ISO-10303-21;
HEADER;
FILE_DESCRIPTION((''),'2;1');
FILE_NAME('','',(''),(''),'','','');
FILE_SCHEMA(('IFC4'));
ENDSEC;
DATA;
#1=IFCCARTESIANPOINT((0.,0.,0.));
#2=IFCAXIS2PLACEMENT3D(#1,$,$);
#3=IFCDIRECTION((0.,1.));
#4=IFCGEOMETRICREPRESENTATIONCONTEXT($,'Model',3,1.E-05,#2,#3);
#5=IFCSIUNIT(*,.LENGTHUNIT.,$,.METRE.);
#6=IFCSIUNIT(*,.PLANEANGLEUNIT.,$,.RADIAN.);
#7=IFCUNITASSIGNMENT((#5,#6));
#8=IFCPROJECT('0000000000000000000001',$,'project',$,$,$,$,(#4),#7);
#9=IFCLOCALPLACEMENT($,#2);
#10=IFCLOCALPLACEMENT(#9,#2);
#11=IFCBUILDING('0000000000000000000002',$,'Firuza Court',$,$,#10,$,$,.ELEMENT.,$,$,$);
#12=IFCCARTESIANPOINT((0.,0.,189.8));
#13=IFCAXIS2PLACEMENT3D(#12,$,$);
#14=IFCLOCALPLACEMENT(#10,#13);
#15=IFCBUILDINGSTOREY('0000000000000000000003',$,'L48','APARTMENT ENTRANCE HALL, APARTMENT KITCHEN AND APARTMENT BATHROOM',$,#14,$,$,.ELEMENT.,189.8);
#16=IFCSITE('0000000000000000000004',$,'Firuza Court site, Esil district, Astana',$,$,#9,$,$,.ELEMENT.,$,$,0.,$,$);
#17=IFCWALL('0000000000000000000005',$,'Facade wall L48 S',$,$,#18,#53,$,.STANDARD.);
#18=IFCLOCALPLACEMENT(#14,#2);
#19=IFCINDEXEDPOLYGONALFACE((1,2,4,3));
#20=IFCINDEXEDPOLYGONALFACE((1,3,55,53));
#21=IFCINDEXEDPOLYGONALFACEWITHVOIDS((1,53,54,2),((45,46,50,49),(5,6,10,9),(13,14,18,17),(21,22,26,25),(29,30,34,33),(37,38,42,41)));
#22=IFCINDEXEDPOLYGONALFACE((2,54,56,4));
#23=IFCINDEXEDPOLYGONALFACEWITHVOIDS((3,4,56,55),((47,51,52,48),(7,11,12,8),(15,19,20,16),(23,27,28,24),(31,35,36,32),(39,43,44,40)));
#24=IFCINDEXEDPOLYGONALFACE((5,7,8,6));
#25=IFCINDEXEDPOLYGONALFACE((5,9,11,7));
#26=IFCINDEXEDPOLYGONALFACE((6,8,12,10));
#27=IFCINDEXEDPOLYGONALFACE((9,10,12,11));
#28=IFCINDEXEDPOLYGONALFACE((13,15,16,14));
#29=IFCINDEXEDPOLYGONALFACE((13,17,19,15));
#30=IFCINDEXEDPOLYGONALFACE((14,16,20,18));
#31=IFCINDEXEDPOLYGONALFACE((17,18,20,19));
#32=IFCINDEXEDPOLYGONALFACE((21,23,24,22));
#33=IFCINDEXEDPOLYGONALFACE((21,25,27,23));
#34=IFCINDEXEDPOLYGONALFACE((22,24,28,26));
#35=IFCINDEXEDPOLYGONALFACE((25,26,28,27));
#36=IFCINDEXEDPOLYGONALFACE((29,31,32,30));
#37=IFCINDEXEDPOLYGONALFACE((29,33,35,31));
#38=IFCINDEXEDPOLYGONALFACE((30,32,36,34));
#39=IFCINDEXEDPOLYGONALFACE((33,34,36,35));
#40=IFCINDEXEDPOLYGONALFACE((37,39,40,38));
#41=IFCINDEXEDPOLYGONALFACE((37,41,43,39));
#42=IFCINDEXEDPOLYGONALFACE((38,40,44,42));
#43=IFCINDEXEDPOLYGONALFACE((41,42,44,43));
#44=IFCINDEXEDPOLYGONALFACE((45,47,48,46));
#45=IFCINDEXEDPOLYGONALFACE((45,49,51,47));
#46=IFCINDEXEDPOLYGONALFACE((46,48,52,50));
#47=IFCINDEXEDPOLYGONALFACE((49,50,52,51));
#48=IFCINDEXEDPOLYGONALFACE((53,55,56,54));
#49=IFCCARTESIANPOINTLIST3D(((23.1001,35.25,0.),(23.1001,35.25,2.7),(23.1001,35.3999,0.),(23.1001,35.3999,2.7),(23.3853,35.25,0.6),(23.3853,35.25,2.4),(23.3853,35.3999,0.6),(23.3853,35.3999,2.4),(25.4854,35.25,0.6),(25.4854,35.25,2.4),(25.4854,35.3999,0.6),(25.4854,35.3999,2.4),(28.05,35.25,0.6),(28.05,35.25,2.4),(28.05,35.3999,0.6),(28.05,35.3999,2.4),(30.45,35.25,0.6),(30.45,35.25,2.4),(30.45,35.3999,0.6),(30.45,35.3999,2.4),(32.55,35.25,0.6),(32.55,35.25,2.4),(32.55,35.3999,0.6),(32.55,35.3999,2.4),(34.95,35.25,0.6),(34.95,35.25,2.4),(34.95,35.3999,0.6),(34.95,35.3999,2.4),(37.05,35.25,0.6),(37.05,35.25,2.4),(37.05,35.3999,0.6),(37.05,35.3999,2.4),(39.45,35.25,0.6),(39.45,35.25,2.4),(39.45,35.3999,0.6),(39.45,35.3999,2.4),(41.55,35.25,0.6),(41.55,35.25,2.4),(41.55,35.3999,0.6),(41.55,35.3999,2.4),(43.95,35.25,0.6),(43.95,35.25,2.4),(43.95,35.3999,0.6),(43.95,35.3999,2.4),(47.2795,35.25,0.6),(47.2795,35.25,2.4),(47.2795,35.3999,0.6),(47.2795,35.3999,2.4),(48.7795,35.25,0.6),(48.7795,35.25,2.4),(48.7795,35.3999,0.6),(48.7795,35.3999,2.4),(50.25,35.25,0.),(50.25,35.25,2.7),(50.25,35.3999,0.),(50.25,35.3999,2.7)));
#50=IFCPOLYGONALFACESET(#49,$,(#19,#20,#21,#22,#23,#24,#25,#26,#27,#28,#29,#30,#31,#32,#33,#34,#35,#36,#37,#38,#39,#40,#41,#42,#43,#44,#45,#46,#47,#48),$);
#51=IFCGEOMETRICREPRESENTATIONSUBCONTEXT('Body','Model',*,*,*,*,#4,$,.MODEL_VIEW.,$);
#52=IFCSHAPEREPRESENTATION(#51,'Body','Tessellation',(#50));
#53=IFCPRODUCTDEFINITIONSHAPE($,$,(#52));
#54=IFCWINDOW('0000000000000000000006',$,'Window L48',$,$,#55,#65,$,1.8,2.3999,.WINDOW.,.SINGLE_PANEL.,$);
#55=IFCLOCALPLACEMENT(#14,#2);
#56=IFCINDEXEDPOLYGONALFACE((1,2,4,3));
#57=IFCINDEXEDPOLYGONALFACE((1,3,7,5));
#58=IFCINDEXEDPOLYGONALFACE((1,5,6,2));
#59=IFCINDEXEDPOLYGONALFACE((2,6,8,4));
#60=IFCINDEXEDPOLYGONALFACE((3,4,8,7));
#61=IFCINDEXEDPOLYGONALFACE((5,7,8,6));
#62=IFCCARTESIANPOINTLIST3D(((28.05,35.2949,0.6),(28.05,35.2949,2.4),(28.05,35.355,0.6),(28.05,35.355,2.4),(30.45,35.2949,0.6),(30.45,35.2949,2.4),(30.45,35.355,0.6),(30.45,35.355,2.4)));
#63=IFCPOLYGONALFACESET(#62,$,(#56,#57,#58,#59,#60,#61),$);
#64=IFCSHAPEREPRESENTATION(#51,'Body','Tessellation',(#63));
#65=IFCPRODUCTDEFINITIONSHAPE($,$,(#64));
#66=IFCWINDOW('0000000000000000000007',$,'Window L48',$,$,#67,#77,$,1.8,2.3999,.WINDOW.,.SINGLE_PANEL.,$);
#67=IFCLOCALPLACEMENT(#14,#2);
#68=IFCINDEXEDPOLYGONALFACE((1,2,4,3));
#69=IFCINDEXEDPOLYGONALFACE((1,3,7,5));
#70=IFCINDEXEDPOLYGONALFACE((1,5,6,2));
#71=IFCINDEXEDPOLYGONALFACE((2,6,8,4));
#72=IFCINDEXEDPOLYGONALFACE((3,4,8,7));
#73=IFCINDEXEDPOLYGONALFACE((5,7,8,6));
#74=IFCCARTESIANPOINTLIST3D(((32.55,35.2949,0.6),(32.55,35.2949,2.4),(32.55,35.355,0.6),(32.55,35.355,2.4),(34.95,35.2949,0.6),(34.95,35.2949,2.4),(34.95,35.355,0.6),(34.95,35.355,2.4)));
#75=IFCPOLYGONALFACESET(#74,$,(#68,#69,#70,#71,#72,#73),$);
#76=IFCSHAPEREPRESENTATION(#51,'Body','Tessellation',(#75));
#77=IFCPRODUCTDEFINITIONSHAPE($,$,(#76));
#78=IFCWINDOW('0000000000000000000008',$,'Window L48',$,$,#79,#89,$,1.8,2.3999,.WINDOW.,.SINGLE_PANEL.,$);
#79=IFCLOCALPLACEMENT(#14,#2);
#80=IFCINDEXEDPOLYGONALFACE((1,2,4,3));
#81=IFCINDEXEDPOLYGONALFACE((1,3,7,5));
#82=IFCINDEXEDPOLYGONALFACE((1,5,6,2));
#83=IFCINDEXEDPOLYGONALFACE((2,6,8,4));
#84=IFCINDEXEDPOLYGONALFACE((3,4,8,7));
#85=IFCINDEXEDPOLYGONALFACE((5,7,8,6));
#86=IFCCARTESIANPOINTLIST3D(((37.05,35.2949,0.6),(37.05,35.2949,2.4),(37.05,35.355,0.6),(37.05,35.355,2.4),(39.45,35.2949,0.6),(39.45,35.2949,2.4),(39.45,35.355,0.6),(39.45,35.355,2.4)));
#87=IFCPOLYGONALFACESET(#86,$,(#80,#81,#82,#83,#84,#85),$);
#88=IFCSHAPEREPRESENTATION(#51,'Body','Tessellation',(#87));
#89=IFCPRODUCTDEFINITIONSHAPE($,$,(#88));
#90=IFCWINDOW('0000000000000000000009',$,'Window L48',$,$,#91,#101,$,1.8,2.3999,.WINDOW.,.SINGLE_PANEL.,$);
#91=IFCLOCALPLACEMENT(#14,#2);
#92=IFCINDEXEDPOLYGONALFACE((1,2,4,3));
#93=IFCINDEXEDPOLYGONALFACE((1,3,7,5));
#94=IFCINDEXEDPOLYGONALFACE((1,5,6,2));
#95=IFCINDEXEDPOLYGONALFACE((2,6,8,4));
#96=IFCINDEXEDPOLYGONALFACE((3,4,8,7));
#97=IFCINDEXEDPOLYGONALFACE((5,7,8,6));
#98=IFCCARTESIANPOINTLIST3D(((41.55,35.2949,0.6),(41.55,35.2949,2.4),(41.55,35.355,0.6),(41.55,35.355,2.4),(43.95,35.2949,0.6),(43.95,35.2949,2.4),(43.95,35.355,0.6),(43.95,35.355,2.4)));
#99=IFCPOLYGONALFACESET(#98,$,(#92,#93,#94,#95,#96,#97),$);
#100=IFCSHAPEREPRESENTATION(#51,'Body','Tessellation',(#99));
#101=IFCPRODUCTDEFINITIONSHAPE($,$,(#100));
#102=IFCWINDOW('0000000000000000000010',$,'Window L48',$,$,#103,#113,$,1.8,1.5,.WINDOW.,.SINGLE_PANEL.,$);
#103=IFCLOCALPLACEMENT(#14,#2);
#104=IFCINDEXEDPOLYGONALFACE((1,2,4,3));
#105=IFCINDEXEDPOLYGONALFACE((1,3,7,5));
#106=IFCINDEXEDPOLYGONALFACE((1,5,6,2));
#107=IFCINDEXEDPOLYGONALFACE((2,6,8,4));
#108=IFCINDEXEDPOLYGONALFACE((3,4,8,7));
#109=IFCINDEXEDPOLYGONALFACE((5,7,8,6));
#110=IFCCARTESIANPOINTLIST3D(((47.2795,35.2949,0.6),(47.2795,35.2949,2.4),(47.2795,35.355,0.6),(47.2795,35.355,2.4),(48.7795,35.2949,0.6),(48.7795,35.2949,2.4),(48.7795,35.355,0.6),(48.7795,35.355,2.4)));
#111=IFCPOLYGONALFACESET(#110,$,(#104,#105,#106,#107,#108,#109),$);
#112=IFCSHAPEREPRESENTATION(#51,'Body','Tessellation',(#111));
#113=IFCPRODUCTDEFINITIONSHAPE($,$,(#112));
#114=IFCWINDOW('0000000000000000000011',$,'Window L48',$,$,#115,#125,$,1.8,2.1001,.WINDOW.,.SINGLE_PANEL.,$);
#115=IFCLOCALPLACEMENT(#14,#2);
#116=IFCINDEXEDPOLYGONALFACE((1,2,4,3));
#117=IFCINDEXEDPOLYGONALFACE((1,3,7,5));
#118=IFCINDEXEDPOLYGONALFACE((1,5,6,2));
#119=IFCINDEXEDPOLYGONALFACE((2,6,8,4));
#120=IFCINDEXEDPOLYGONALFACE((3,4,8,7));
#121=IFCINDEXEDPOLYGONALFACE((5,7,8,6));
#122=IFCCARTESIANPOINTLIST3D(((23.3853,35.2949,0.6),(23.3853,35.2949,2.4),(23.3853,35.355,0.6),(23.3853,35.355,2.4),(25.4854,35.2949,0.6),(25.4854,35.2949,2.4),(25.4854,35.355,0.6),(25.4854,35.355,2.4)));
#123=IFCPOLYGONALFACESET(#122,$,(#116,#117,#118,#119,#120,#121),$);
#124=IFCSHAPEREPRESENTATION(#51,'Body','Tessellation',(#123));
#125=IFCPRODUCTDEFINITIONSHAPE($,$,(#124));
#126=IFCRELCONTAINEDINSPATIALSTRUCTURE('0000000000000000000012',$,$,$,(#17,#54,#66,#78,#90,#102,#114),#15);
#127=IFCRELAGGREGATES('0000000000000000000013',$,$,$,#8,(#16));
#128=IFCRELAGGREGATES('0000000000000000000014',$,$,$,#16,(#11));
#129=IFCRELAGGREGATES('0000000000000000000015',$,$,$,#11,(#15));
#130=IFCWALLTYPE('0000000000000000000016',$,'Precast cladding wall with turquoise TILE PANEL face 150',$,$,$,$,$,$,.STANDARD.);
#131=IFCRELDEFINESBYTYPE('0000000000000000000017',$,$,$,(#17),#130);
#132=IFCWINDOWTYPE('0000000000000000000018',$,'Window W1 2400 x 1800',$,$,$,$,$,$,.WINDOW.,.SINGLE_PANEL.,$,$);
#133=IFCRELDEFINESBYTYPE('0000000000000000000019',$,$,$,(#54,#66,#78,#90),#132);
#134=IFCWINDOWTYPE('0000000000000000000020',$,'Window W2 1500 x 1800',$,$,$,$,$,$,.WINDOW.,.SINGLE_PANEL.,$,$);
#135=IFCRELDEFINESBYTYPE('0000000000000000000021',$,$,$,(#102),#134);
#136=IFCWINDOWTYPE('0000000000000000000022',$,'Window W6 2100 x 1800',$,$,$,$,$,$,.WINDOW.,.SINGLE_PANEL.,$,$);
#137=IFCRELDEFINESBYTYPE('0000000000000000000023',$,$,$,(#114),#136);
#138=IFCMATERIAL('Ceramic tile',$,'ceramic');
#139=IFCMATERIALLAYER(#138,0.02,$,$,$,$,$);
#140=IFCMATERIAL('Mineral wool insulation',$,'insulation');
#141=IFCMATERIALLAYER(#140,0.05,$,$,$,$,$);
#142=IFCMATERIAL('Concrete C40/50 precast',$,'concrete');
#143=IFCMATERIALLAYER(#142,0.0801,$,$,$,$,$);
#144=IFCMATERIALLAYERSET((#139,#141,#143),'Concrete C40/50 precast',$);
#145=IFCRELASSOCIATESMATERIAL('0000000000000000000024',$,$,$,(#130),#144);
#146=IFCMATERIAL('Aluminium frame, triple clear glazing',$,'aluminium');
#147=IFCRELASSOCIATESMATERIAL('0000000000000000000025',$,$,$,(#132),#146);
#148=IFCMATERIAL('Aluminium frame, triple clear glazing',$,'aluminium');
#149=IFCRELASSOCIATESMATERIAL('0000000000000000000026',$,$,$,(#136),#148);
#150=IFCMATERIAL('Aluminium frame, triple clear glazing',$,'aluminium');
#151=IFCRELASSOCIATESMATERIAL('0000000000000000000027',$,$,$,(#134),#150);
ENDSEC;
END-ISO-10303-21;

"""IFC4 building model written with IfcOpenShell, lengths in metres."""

from ifc_helpers import new_model, si_unit, direction, frame, frame_2d, origin, place, context, subcontext, project, spatial, rectangle, extrude, material, layer, layer_set, type_object, element, fill, save


model = new_model("IFC4")

# Units and contexts
model_context = context("Model", 3, precision=1e-05, world=origin(), true_north=direction((0.0, 1.0)))
body_context = subcontext(model_context, "Body", "Model", "MODEL_VIEW")
ifc_project = project(units=[si_unit("LENGTHUNIT", "METRE"), si_unit("PLANEANGLEUNIT", "RADIAN")], contexts=[model_context])

# Site, building, storey
site_placement = place(None, origin())
site = spatial("IfcSite", under=ifc_project, at=site_placement, Name="Firuza Court site, Esil district, Astana", CompositionType="ELEMENT", RefElevation=0.0)
building_placement = place(site_placement, origin())
building = spatial("IfcBuilding", under=site, at=building_placement, Name="Firuza Court", CompositionType="ELEMENT")
storey_placement = place(building_placement, frame((0.0, 0.0, 189.8)))
storey = spatial("IfcBuildingStorey", under=building, at=storey_placement, Name="L48", Description="APARTMENT ENTRANCE HALL, APARTMENT KITCHEN AND APARTMENT BATHROOM", CompositionType="ELEMENT", Elevation=189.8)

# Wall, openings, windows
ifc_material_1 = material(Name="Ceramic tile", Category="ceramic")
ifc_layer_1 = layer(ifc_material_1, 0.02)
ifc_material_2 = material(Name="Mineral wool insulation", Category="insulation")
ifc_layer_2 = layer(ifc_material_2, 0.05)
ifc_material_3 = material(Name="Concrete C40/50 precast", Category="concrete")
ifc_layer_3 = layer(ifc_material_3, 0.0801)
ifc_layer_set_1 = layer_set([ifc_layer_1, ifc_layer_2, ifc_layer_3], Name="Concrete C40/50 precast")
wall_type_1 = type_object("IfcWallType", Name="Precast cladding wall with turquoise TILE PANEL face 150", PredefinedType="STANDARD", material=ifc_layer_set_1)
ifc_material_4 = material(Name="Aluminium frame, triple clear glazing", Category="aluminium")
window_type_1 = type_object("IfcWindowType", Name="Window W1 2400 x 1800", PartitioningType="SINGLE_PANEL", PredefinedType="WINDOW", material=ifc_material_4)
ifc_material_5 = material(Name="Aluminium frame, triple clear glazing", Category="aluminium")
window_type_2 = type_object("IfcWindowType", Name="Window W6 2100 x 1800", PartitioningType="SINGLE_PANEL", PredefinedType="WINDOW", material=ifc_material_5)
wall_1_placement = place(storey_placement, frame((23.1001, 35.325, 0.0), z_axis=(0.0, 0.0, 1.0), x_axis=(1.0, 0.0, 0.0)))
wall_1 = element("IfcWall", 1, at=wall_1_placement, inside=storey, type_object=wall_type_1, Name="Facade wall L48 S", PredefinedType="STANDARD", context=body_context, shape_type="SweptSolid", body=[
    extrude(rectangle(XDim=27.1499, YDim=0.1499, at=frame_2d((13.575, 0.0))), origin(), (0.0, 0.0, 1.0), 2.7),
])
opening_1_placement = place(wall_1_placement, frame((0.2852, 0.0, 0.6001)))
opening_1 = element("IfcOpeningElement", 2, at=opening_1_placement, cuts=wall_1, PredefinedType="OPENING", context=body_context, shape_type="SweptSolid", body=[
    extrude(rectangle(XDim=2.1001, YDim=1.8, at=frame_2d((1.05, 0.8999))), frame((0.0, 0.0869, 0.0), z_axis=(0.0, -1.0, 0.0), x_axis=(1.0, 0.0, 0.0)), (0.0, 0.0, 1.0), 0.1738),
])
opening_2_placement = place(wall_1_placement, frame((4.95, 0.0, 0.6001)))
opening_2 = element("IfcOpeningElement", 3, at=opening_2_placement, cuts=wall_1, PredefinedType="OPENING", context=body_context, shape_type="SweptSolid", body=[
    extrude(rectangle(XDim=2.3999, YDim=1.8, at=frame_2d((1.2, 0.8999))), frame((0.0, 0.0869, 0.0), z_axis=(0.0, -1.0, 0.0), x_axis=(1.0, 0.0, 0.0)), (0.0, 0.0, 1.0), 0.1738),
])
opening_3_placement = place(wall_1_placement, frame((9.45, 0.0, 0.6001)))
opening_3 = element("IfcOpeningElement", 4, at=opening_3_placement, cuts=wall_1, PredefinedType="OPENING", context=body_context, shape_type="SweptSolid", body=[
    extrude(rectangle(XDim=2.3999, YDim=1.8, at=frame_2d((1.2, 0.8999))), frame((0.0, 0.0869, 0.0), z_axis=(0.0, -1.0, 0.0), x_axis=(1.0, 0.0, 0.0)), (0.0, 0.0, 1.0), 0.1738),
])
opening_4_placement = place(wall_1_placement, frame((13.95, 0.0, 0.6001)))
opening_4 = element("IfcOpeningElement", 5, at=opening_4_placement, cuts=wall_1, PredefinedType="OPENING", context=body_context, shape_type="SweptSolid", body=[
    extrude(rectangle(XDim=2.3999, YDim=1.8, at=frame_2d((1.2, 0.8999))), frame((0.0, 0.0869, 0.0), z_axis=(0.0, -1.0, 0.0), x_axis=(1.0, 0.0, 0.0)), (0.0, 0.0, 1.0), 0.1738),
])
opening_5_placement = place(wall_1_placement, frame((18.45, 0.0, 0.6001)))
opening_5 = element("IfcOpeningElement", 6, at=opening_5_placement, cuts=wall_1, PredefinedType="OPENING", context=body_context, shape_type="SweptSolid", body=[
    extrude(rectangle(XDim=2.3999, YDim=1.8, at=frame_2d((1.2, 0.8999))), frame((0.0, 0.0869, 0.0), z_axis=(0.0, -1.0, 0.0), x_axis=(1.0, 0.0, 0.0)), (0.0, 0.0, 1.0), 0.1738),
])
opening_6_placement = place(wall_1_placement, frame((24.1794, 0.0, 0.6001)))
opening_6 = element("IfcOpeningElement", 7, at=opening_6_placement, cuts=wall_1, PredefinedType="OPENING", context=body_context, shape_type="SweptSolid", body=[
    extrude(rectangle(XDim=1.5, YDim=1.8, at=frame_2d((0.75, 0.8999))), frame((0.0, 0.0869, 0.0), z_axis=(0.0, -1.0, 0.0), x_axis=(1.0, 0.0, 0.0)), (0.0, 0.0, 1.0), 0.1738),
])
window_1_placement = place(opening_2_placement, origin())
window_1 = element("IfcWindow", 8, at=window_1_placement, inside=storey, type_object=window_type_1, Name="Window L48", OverallHeight=1.8, OverallWidth=2.3999, PartitioningType="SINGLE_PANEL", PredefinedType="WINDOW", context=body_context, shape_type="SweptSolid", body=[
    extrude(rectangle(XDim=2.3999, YDim=1.8, at=frame_2d((1.2, 0.8999))), frame((0.0, 0.03, 0.0), z_axis=(0.0, -1.0, 0.0), x_axis=(1.0, 0.0, 0.0)), (0.0, 0.0, 1.0), 0.0601),
])
fill(opening_2, window_1)
window_2_placement = place(opening_3_placement, origin())
window_2 = element("IfcWindow", 9, at=window_2_placement, inside=storey, type_object=window_type_1, Name="Window L48", OverallHeight=1.8, OverallWidth=2.3999, PartitioningType="SINGLE_PANEL", PredefinedType="WINDOW", context=body_context, shape_type="SweptSolid", body=[
    extrude(rectangle(XDim=2.3999, YDim=1.8, at=frame_2d((1.2, 0.8999))), frame((0.0, 0.03, 0.0), z_axis=(0.0, -1.0, 0.0), x_axis=(1.0, 0.0, 0.0)), (0.0, 0.0, 1.0), 0.0601),
])
fill(opening_3, window_2)
window_3_placement = place(opening_4_placement, origin())
window_3 = element("IfcWindow", 10, at=window_3_placement, inside=storey, type_object=window_type_1, Name="Window L48", OverallHeight=1.8, OverallWidth=2.3999, PartitioningType="SINGLE_PANEL", PredefinedType="WINDOW", context=body_context, shape_type="SweptSolid", body=[
    extrude(rectangle(XDim=2.3999, YDim=1.8, at=frame_2d((1.2, 0.8999))), frame((0.0, 0.03, 0.0), z_axis=(0.0, -1.0, 0.0), x_axis=(1.0, 0.0, 0.0)), (0.0, 0.0, 1.0), 0.0601),
])
fill(opening_4, window_3)
window_4_placement = place(opening_5_placement, origin())
window_4 = element("IfcWindow", 11, at=window_4_placement, inside=storey, type_object=window_type_1, Name="Window L48", OverallHeight=1.8, OverallWidth=2.3999, PartitioningType="SINGLE_PANEL", PredefinedType="WINDOW", context=body_context, shape_type="SweptSolid", body=[
    extrude(rectangle(XDim=2.3999, YDim=1.8, at=frame_2d((1.2, 0.8999))), frame((0.0, 0.03, 0.0), z_axis=(0.0, -1.0, 0.0), x_axis=(1.0, 0.0, 0.0)), (0.0, 0.0, 1.0), 0.0601),
])
fill(opening_5, window_4)
ifc_material_6 = material(Name="Aluminium frame, triple clear glazing", Category="aluminium")
window_type_3 = type_object("IfcWindowType", Name="Window W2 1500 x 1800", PartitioningType="SINGLE_PANEL", PredefinedType="WINDOW", material=ifc_material_6)
window_5_placement = place(opening_6_placement, origin())
window_5 = element("IfcWindow", 12, at=window_5_placement, inside=storey, type_object=window_type_3, Name="Window L48", OverallHeight=1.8, OverallWidth=1.5, PartitioningType="SINGLE_PANEL", PredefinedType="WINDOW", context=body_context, shape_type="SweptSolid", body=[
    extrude(rectangle(XDim=1.5, YDim=1.8, at=frame_2d((0.75, 0.8999))), frame((0.0, 0.03, 0.0), z_axis=(0.0, -1.0, 0.0), x_axis=(1.0, 0.0, 0.0)), (0.0, 0.0, 1.0), 0.0601),
])
fill(opening_6, window_5)
window_6_placement = place(opening_1_placement, origin())
window_6 = element("IfcWindow", 13, at=window_6_placement, inside=storey, type_object=window_type_2, Name="Window L48", OverallHeight=1.8, OverallWidth=2.1001, PartitioningType="SINGLE_PANEL", PredefinedType="WINDOW", context=body_context, shape_type="SweptSolid", body=[
    extrude(rectangle(XDim=2.1001, YDim=1.8, at=frame_2d((1.05, 0.8999))), frame((0.0, 0.03, 0.0), z_axis=(0.0, -1.0, 0.0), x_axis=(1.0, 0.0, 0.0)), (0.0, 0.0, 1.0), 0.0601),
])
fill(opening_1, window_6)

save(model, "model.ifc")
